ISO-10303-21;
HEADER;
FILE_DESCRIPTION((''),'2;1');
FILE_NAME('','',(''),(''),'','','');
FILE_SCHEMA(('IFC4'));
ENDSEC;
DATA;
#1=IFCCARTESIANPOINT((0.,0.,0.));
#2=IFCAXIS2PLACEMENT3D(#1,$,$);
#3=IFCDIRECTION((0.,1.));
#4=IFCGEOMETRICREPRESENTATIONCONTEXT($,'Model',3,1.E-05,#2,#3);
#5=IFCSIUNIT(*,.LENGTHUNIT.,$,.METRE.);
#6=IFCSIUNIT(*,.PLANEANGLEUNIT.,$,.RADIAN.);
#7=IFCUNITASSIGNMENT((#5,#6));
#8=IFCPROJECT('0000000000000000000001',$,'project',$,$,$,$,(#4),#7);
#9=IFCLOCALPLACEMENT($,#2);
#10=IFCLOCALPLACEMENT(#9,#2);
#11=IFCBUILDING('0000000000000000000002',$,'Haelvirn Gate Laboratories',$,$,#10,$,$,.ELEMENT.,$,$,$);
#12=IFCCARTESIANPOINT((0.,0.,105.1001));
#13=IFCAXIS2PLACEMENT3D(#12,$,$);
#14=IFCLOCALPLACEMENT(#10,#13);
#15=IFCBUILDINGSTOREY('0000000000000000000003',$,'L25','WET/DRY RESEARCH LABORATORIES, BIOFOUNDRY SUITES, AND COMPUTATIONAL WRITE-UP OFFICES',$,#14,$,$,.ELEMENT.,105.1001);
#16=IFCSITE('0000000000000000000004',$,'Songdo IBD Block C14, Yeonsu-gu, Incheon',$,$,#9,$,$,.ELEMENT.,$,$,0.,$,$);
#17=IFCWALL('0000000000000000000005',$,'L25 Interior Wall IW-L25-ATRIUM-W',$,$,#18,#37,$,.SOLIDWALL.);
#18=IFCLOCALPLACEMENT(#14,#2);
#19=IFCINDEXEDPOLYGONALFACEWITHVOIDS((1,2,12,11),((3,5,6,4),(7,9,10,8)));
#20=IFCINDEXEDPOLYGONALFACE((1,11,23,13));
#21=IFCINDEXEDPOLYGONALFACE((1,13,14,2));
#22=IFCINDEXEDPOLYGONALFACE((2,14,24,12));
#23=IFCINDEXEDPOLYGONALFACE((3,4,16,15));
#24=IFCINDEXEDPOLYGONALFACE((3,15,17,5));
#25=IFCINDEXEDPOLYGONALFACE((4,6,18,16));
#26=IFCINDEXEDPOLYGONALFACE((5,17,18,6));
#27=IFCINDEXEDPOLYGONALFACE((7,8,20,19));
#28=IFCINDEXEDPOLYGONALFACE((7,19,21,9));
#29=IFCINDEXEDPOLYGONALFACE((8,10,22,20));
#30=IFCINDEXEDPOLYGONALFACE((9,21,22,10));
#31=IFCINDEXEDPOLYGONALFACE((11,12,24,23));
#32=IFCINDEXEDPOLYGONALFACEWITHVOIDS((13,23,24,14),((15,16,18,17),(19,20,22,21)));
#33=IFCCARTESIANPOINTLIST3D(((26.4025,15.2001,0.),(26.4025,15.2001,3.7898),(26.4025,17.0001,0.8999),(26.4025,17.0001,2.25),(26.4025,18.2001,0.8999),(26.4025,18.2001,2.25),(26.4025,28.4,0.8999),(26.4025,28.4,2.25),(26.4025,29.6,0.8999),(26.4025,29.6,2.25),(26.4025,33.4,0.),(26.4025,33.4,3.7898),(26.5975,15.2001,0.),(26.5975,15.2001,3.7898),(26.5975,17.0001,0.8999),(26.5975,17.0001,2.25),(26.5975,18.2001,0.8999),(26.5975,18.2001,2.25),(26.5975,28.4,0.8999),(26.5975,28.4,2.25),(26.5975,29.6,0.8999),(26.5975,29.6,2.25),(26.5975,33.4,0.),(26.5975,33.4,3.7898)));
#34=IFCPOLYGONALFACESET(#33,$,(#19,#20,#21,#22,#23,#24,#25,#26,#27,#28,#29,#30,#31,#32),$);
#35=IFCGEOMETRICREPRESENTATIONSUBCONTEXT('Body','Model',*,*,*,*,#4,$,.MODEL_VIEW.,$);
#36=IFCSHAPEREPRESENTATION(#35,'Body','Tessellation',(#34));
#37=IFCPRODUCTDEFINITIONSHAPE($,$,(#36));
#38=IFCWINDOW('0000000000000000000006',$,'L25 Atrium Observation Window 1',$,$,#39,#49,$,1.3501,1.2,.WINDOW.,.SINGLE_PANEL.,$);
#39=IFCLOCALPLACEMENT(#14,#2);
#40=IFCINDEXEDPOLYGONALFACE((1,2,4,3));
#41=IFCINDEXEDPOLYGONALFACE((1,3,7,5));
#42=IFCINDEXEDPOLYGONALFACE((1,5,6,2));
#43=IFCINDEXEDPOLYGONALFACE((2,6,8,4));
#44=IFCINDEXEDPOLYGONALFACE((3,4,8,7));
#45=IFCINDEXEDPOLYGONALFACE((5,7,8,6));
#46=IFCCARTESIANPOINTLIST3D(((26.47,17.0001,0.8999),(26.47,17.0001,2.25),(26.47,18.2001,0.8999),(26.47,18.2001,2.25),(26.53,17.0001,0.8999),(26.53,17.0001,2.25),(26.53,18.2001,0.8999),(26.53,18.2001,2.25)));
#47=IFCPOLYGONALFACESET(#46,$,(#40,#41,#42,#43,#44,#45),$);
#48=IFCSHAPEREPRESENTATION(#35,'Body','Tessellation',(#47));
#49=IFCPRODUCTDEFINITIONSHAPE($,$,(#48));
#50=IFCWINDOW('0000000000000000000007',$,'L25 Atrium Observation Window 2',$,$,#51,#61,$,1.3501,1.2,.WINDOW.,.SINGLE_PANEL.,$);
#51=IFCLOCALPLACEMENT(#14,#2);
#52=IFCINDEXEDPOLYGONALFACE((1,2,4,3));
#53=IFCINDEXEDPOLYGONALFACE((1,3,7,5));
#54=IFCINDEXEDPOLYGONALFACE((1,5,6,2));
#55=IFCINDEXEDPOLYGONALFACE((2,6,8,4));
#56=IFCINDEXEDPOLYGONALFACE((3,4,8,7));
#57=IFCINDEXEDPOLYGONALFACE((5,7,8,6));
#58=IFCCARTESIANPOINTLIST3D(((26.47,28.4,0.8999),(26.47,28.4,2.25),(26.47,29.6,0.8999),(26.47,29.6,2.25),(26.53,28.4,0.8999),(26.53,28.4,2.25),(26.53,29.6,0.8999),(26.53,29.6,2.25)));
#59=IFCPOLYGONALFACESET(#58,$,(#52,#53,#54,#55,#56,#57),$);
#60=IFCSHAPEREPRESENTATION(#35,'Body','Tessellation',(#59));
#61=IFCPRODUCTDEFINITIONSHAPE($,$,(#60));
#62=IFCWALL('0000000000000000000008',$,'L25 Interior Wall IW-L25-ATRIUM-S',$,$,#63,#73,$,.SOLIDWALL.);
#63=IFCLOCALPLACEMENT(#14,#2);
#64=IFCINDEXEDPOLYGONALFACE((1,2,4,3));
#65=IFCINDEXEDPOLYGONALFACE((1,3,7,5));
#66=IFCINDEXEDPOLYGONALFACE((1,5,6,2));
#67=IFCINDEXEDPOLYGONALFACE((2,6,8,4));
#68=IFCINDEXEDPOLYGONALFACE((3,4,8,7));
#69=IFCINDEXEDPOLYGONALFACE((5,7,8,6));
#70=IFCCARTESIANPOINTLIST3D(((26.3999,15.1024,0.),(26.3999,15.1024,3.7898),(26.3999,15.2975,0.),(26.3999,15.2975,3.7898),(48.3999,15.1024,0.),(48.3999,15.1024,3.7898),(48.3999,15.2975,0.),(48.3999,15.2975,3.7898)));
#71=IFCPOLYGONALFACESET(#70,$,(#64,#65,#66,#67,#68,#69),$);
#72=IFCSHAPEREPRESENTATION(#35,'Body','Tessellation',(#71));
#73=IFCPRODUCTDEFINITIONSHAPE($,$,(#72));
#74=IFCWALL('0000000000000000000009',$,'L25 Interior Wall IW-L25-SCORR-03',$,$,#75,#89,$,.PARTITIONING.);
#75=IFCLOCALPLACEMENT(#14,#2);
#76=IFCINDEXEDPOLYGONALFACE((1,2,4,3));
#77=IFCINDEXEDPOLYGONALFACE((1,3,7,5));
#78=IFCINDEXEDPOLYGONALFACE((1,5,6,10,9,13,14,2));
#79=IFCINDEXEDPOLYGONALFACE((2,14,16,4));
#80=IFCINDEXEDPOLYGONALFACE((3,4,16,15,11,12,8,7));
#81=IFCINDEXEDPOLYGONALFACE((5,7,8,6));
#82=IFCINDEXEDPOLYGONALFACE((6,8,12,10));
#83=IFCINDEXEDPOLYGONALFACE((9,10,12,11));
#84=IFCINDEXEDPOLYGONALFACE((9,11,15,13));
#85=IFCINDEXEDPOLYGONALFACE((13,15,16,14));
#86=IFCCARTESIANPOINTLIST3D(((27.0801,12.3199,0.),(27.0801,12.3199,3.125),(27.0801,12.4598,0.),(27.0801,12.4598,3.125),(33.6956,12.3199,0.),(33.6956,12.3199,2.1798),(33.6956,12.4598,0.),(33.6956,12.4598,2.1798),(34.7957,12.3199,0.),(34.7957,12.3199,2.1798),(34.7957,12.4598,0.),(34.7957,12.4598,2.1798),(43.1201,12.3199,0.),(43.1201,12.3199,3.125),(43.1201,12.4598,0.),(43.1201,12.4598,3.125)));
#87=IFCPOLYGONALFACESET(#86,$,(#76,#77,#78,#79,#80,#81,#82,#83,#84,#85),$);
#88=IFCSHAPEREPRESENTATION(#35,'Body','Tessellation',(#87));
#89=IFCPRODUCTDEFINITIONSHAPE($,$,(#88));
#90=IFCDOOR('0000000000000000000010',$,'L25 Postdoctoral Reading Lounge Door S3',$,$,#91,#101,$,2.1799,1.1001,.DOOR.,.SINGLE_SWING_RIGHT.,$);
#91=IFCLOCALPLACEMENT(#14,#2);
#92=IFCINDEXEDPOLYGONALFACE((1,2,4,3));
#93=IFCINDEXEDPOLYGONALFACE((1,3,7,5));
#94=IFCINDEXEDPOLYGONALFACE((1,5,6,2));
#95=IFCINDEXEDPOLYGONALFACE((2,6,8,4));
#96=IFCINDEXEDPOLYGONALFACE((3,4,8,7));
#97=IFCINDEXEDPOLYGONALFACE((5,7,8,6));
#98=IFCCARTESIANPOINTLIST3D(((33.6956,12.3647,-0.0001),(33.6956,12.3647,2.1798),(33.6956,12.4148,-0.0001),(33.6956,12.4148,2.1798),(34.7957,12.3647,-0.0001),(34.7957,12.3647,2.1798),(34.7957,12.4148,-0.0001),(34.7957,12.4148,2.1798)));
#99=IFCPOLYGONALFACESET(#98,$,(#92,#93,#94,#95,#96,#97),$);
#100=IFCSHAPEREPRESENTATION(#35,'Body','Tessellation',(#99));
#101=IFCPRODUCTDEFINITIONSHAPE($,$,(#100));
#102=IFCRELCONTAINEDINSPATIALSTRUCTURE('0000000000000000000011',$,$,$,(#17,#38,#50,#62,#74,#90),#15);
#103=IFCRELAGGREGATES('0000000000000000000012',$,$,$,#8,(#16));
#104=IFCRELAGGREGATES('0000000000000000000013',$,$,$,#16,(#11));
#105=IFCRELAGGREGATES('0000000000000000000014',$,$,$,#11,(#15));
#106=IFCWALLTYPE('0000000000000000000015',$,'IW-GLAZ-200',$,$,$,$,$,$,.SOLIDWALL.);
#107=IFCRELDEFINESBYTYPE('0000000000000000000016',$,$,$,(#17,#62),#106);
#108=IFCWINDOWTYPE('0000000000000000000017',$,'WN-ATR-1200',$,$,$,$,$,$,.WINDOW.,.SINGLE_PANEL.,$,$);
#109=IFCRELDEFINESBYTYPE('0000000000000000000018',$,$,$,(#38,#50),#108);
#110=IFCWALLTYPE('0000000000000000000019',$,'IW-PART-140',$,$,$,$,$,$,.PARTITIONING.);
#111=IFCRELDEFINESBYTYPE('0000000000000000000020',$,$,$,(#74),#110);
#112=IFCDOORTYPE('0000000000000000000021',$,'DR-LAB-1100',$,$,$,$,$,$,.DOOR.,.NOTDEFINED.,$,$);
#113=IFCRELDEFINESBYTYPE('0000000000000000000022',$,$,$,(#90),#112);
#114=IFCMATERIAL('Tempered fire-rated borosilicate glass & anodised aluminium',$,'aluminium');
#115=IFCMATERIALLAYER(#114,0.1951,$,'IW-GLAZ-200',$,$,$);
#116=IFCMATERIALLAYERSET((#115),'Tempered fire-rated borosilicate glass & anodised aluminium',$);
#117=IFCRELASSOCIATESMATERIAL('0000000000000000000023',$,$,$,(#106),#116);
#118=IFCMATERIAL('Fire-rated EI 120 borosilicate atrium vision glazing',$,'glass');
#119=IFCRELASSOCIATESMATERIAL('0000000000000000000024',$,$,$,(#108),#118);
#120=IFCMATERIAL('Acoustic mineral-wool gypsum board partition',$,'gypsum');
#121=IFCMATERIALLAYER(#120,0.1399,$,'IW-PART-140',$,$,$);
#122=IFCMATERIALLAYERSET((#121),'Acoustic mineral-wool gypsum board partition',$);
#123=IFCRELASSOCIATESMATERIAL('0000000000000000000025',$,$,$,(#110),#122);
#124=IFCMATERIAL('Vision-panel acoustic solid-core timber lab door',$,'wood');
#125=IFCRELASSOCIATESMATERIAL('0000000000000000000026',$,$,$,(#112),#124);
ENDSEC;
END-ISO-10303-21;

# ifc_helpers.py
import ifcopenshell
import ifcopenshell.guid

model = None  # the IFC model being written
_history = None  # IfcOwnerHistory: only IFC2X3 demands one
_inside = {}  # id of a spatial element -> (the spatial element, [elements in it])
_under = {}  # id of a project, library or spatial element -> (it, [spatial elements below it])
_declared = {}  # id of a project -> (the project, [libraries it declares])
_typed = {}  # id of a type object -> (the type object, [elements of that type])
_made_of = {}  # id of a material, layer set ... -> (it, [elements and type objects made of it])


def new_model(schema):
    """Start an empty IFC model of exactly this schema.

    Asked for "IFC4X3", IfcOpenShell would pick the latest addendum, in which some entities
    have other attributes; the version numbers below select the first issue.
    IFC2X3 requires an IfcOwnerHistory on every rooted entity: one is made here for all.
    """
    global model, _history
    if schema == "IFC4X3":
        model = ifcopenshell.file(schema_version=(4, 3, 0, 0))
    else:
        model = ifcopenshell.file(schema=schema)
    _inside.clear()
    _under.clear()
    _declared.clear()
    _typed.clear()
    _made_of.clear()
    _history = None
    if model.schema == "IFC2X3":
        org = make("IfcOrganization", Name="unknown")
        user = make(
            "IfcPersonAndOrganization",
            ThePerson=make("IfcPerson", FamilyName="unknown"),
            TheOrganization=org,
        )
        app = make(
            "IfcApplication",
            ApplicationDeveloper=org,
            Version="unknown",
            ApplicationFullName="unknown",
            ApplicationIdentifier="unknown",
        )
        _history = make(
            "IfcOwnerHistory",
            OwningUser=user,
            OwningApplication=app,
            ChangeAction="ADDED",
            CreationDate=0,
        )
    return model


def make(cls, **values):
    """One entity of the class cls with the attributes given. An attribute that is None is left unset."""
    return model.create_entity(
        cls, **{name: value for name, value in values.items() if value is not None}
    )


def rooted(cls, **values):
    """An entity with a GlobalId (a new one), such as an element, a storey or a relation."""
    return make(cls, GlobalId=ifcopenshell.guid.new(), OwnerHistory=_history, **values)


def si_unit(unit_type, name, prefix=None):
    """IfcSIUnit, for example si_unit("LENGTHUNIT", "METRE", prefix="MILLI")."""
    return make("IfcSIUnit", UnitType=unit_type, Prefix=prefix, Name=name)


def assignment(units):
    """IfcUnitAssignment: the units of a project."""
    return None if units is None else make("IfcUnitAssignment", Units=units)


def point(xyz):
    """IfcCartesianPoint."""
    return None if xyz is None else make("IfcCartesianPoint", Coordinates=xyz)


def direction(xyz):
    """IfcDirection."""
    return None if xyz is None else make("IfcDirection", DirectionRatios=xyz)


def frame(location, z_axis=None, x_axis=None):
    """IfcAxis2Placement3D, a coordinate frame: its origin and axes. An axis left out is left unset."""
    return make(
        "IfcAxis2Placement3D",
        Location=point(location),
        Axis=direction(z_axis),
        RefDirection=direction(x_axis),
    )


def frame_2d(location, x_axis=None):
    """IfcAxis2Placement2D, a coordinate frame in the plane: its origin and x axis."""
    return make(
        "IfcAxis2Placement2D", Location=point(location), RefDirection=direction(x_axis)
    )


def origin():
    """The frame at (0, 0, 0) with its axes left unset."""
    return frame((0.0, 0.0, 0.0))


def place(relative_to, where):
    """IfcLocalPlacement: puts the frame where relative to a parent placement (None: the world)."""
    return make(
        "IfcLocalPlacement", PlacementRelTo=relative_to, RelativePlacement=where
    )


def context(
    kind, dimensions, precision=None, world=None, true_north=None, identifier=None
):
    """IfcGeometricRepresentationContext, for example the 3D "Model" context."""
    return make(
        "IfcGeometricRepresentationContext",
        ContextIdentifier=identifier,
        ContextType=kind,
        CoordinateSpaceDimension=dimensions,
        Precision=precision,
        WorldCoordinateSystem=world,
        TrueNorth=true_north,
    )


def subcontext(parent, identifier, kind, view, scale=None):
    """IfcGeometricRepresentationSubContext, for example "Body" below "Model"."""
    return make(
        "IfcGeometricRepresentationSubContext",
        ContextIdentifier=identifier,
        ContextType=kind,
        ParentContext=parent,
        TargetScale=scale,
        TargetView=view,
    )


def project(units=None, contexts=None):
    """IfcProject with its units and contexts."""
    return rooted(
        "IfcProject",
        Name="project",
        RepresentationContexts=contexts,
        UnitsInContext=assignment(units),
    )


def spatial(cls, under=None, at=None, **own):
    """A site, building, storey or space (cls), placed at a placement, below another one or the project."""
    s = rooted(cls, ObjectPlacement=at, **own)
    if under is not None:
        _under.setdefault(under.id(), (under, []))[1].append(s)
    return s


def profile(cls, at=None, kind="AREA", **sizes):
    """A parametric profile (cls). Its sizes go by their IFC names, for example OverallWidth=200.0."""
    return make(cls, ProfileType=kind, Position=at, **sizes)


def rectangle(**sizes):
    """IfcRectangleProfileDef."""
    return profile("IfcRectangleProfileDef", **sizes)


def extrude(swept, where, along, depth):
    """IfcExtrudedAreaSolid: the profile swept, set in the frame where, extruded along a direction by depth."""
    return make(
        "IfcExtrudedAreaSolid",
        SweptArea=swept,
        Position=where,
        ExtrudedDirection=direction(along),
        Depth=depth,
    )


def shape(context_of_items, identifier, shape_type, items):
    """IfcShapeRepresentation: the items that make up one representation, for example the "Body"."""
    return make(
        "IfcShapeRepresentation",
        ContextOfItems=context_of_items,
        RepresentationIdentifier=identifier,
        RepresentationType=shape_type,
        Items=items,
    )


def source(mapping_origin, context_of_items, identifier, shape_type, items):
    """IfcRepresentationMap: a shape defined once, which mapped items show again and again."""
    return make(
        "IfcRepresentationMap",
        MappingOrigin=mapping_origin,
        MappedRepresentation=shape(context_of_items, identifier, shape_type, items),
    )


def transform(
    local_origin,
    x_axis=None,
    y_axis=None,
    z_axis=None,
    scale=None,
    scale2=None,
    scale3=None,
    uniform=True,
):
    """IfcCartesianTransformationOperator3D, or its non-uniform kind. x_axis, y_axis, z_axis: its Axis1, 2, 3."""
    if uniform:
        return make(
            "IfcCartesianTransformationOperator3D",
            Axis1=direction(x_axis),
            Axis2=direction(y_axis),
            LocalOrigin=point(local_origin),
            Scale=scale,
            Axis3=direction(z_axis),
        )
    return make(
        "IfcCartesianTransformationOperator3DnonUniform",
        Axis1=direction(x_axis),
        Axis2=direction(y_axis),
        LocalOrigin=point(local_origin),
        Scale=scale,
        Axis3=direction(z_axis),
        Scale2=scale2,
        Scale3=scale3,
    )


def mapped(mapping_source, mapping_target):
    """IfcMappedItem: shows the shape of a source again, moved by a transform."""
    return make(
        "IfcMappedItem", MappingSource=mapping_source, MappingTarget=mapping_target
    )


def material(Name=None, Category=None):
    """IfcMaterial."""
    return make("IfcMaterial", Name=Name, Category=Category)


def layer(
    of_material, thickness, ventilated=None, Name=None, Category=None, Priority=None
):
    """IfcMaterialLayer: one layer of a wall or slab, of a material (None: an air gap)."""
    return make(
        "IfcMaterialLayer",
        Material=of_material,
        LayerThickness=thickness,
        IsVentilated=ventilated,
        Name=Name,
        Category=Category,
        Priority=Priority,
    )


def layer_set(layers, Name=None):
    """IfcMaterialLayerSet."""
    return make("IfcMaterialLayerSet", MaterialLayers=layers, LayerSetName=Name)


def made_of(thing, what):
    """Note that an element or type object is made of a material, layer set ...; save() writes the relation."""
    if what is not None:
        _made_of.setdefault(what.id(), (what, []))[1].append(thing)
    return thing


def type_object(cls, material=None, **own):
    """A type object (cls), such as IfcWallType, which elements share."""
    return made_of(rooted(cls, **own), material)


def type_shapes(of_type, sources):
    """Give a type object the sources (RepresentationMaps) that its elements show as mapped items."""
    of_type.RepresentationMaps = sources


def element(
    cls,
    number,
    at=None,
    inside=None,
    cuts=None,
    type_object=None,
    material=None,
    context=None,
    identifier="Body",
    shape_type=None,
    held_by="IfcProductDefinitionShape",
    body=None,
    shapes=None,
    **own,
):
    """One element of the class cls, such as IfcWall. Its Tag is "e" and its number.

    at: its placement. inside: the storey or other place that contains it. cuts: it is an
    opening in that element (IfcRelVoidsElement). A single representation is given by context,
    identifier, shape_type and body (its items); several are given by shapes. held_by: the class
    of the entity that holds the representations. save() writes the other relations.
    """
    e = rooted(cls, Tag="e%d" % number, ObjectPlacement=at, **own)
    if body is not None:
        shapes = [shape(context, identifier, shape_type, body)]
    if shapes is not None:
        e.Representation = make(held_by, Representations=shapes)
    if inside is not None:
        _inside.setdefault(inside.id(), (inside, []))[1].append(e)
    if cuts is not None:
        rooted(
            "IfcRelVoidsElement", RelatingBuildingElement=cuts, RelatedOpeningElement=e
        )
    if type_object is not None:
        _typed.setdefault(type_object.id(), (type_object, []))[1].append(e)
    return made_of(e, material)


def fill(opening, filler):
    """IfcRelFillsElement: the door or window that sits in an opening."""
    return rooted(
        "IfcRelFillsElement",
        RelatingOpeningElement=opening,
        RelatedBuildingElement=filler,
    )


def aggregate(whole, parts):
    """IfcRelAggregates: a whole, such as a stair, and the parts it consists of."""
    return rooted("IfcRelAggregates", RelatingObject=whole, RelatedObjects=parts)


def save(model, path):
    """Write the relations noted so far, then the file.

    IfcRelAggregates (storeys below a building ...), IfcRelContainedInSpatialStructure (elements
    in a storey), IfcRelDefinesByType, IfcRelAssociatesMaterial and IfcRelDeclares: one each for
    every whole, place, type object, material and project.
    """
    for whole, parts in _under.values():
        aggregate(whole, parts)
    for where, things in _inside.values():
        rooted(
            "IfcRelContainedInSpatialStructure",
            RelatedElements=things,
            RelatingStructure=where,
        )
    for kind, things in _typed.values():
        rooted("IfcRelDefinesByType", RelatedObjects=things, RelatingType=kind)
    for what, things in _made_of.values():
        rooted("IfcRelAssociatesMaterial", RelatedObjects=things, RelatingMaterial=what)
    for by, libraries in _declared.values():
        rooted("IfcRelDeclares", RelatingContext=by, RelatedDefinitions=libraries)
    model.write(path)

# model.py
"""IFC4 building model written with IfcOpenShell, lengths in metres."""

from ifc_helpers import new_model, si_unit, direction, frame, frame_2d, origin, place, context, subcontext, project, spatial, rectangle, extrude, source, transform, mapped, material, layer, layer_set, type_object, type_shapes, element, fill, save


model = new_model("IFC4")

# Units and contexts
model_context = context("Model", 3, precision=1e-05, world=origin(), true_north=direction((0.0, 1.0)))
body_context = subcontext(model_context, "Body", "Model", "MODEL_VIEW")
ifc_project = project(units=[si_unit("LENGTHUNIT", "METRE"), si_unit("PLANEANGLEUNIT", "RADIAN")], contexts=[model_context])

# Site, building, storey
site_placement = place(None, origin())
site = spatial("IfcSite", under=ifc_project, at=site_placement, Name="Songdo IBD Block C14, Yeonsu-gu, Incheon", CompositionType="ELEMENT", RefElevation=0.0)
building_placement = place(site_placement, origin())
building = spatial("IfcBuilding", under=site, at=building_placement, Name="Haelvirn Gate Laboratories", CompositionType="ELEMENT")
storey_placement = place(building_placement, frame((0.0, 0.0, 105.1001)))
storey = spatial("IfcBuildingStorey", under=building, at=storey_placement, Name="L25", Description="WET/DRY RESEARCH LABORATORIES, BIOFOUNDRY SUITES, AND COMPUTATIONAL WRITE-UP OFFICES", CompositionType="ELEMENT", Elevation=105.1001)

# Wall, openings, windows
ifc_material_1 = material(Name="Tempered fire-rated borosilicate glass & anodised aluminium", Category="aluminium")
ifc_layer_1 = layer(ifc_material_1, 0.1951, Name="IW-GLAZ-200")
ifc_layer_set_1 = layer_set([ifc_layer_1], Name="Tempered fire-rated borosilicate glass & anodised aluminium")
wall_type_1 = type_object("IfcWallType", Name="IW-GLAZ-200", PredefinedType="SOLIDWALL", material=ifc_layer_set_1)
wall_1_placement = place(storey_placement, frame((26.5, 15.2, 0.0), z_axis=(0.0, 0.0, 1.0), x_axis=(0.0, 1.0, 0.0)))
wall_1 = element("IfcWall", 1, at=wall_1_placement, inside=storey, type_object=wall_type_1, Name="L25 Interior Wall IW-L25-ATRIUM-W", PredefinedType="SOLIDWALL", context=body_context, shape_type="SweptSolid", body=[
    extrude(rectangle(XDim=18.2, YDim=0.1951, at=frame_2d((9.1001, 0.0))), origin(), (0.0, 0.0, 1.0), 3.7898),
])
opening_1_placement = place(wall_1_placement, frame((1.8, 0.0, 0.8999)))
opening_1 = element("IfcOpeningElement", 2, at=opening_1_placement, cuts=wall_1, PredefinedType="OPENING", context=body_context, shape_type="SweptSolid", body=[
    extrude(rectangle(XDim=1.2, YDim=1.3501, at=frame_2d((0.6001, 0.675))), frame((0.0, 0.1074, 0.0), z_axis=(0.0, -1.0, 0.0), x_axis=(1.0, 0.0, 0.0)), (0.0, 0.0, 1.0), 0.2151),
])
opening_2_placement = place(wall_1_placement, frame((13.2, 0.0, 0.8999)))
opening_2 = element("IfcOpeningElement", 3, at=opening_2_placement, cuts=wall_1, PredefinedType="OPENING", context=body_context, shape_type="SweptSolid", body=[
    extrude(rectangle(XDim=1.2, YDim=1.3501, at=frame_2d((0.6001, 0.675))), frame((0.0, 0.1074, 0.0), z_axis=(0.0, -1.0, 0.0), x_axis=(1.0, 0.0, 0.0)), (0.0, 0.0, 1.0), 0.2151),
])
ifc_material_2 = material(Name="Fire-rated EI 120 borosilicate atrium vision glazing", Category="glass")
window_type = type_object("IfcWindowType", Name="WN-ATR-1200", PartitioningType="SINGLE_PANEL", PredefinedType="WINDOW", material=ifc_material_2)
shared_shape_1 = source(origin(), body_context, "Body", "SweptSolid", [
    extrude(rectangle(XDim=1.2, YDim=1.3501, at=frame_2d((0.6001, 0.675))), frame((0.0, 0.03, 0.0), z_axis=(0.0, -1.0, 0.0), x_axis=(1.0, 0.0, 0.0)), (0.0, 0.0, 1.0), 0.0601),
])
type_shapes(window_type, [shared_shape_1])
window_1_placement = place(opening_1_placement, origin())
window_1 = element("IfcWindow", 4, at=window_1_placement, inside=storey, type_object=window_type, Name="L25 Atrium Observation Window 1", OverallHeight=1.3501, OverallWidth=1.2, PartitioningType="SINGLE_PANEL", PredefinedType="WINDOW", context=body_context, shape_type="MappedRepresentation", body=[
    mapped(shared_shape_1, transform((0.0, 0.0, 0.0), scale=1.0)),
])
fill(opening_1, window_1)
window_2_placement = place(opening_2_placement, origin())
window_2 = element("IfcWindow", 5, at=window_2_placement, inside=storey, type_object=window_type, Name="L25 Atrium Observation Window 2", OverallHeight=1.3501, OverallWidth=1.2, PartitioningType="SINGLE_PANEL", PredefinedType="WINDOW", context=body_context, shape_type="MappedRepresentation", body=[
    mapped(shared_shape_1, transform((0.0, 0.0, 0.0), scale=1.0)),
])
fill(opening_2, window_2)

# Wall
wall_2_placement = place(storey_placement, frame((26.3999, 15.2, 0.0), z_axis=(0.0, 0.0, 1.0), x_axis=(1.0, 0.0, 0.0)))
element("IfcWall", 6, at=wall_2_placement, inside=storey, type_object=wall_type_1, Name="L25 Interior Wall IW-L25-ATRIUM-S", PredefinedType="SOLIDWALL", context=body_context, shape_type="SweptSolid", body=[
    extrude(rectangle(XDim=22.0, YDim=0.1951, at=frame_2d((11.0, 0.0))), origin(), (0.0, 0.0, 1.0), 3.7898),
])

# Wall, opening, door
ifc_material_3 = material(Name="Acoustic mineral-wool gypsum board partition", Category="gypsum")
ifc_layer_2 = layer(ifc_material_3, 0.1399, Name="IW-PART-140")
ifc_layer_set_2 = layer_set([ifc_layer_2], Name="Acoustic mineral-wool gypsum board partition")
wall_type_2 = type_object("IfcWallType", Name="IW-PART-140", PredefinedType="PARTITIONING", material=ifc_layer_set_2)
wall_3_placement = place(storey_placement, frame((27.0801, 12.3899, 0.0), z_axis=(0.0, 0.0, 1.0), x_axis=(1.0, 0.0, 0.0)))
wall_3 = element("IfcWall", 7, at=wall_3_placement, inside=storey, type_object=wall_type_2, Name="L25 Interior Wall IW-L25-SCORR-03", PredefinedType="PARTITIONING", context=body_context, shape_type="SweptSolid", body=[
    extrude(rectangle(XDim=16.04, YDim=0.1399, at=frame_2d((8.02, 0.0))), origin(), (0.0, 0.0, 1.0), 3.125),
])
opening_3_placement = place(wall_3_placement, frame((6.6155, 0.0, 0.0)))
opening_3 = element("IfcOpeningElement", 8, at=opening_3_placement, cuts=wall_3, PredefinedType="OPENING", context=body_context, shape_type="SweptSolid", body=[
    extrude(rectangle(XDim=1.1001, YDim=2.1799, at=frame_2d((0.55, 1.0898))), frame((0.0, 0.0801, 0.0), z_axis=(0.0, -1.0, 0.0), x_axis=(1.0, 0.0, 0.0)), (0.0, 0.0, 1.0), 0.1599),
])
ifc_material_4 = material(Name="Vision-panel acoustic solid-core timber lab door", Category="wood")
door_type = type_object("IfcDoorType", Name="DR-LAB-1100", OperationType="NOTDEFINED", PredefinedType="DOOR", material=ifc_material_4)
shared_shape_2 = source(origin(), body_context, "Body", "SweptSolid", [
    extrude(rectangle(XDim=1.1001, YDim=2.1799, at=frame_2d((0.55, 1.0898))), frame((0.0, 0.0249, 0.0), z_axis=(0.0, -1.0, 0.0), x_axis=(1.0, 0.0, 0.0)), (0.0, 0.0, 1.0), 0.05),
])
type_shapes(door_type, [shared_shape_2])
door_placement = place(opening_3_placement, origin())
door = element("IfcDoor", 9, at=door_placement, inside=storey, type_object=door_type, Name="L25 Postdoctoral Reading Lounge Door S3", OperationType="SINGLE_SWING_RIGHT", OverallHeight=2.1799, OverallWidth=1.1001, PredefinedType="DOOR", context=body_context, shape_type="MappedRepresentation", body=[
    mapped(shared_shape_2, transform((0.0, 0.0, 0.0), scale=1.0)),
])
fill(opening_3, door)

save(model, "model.ifc")
